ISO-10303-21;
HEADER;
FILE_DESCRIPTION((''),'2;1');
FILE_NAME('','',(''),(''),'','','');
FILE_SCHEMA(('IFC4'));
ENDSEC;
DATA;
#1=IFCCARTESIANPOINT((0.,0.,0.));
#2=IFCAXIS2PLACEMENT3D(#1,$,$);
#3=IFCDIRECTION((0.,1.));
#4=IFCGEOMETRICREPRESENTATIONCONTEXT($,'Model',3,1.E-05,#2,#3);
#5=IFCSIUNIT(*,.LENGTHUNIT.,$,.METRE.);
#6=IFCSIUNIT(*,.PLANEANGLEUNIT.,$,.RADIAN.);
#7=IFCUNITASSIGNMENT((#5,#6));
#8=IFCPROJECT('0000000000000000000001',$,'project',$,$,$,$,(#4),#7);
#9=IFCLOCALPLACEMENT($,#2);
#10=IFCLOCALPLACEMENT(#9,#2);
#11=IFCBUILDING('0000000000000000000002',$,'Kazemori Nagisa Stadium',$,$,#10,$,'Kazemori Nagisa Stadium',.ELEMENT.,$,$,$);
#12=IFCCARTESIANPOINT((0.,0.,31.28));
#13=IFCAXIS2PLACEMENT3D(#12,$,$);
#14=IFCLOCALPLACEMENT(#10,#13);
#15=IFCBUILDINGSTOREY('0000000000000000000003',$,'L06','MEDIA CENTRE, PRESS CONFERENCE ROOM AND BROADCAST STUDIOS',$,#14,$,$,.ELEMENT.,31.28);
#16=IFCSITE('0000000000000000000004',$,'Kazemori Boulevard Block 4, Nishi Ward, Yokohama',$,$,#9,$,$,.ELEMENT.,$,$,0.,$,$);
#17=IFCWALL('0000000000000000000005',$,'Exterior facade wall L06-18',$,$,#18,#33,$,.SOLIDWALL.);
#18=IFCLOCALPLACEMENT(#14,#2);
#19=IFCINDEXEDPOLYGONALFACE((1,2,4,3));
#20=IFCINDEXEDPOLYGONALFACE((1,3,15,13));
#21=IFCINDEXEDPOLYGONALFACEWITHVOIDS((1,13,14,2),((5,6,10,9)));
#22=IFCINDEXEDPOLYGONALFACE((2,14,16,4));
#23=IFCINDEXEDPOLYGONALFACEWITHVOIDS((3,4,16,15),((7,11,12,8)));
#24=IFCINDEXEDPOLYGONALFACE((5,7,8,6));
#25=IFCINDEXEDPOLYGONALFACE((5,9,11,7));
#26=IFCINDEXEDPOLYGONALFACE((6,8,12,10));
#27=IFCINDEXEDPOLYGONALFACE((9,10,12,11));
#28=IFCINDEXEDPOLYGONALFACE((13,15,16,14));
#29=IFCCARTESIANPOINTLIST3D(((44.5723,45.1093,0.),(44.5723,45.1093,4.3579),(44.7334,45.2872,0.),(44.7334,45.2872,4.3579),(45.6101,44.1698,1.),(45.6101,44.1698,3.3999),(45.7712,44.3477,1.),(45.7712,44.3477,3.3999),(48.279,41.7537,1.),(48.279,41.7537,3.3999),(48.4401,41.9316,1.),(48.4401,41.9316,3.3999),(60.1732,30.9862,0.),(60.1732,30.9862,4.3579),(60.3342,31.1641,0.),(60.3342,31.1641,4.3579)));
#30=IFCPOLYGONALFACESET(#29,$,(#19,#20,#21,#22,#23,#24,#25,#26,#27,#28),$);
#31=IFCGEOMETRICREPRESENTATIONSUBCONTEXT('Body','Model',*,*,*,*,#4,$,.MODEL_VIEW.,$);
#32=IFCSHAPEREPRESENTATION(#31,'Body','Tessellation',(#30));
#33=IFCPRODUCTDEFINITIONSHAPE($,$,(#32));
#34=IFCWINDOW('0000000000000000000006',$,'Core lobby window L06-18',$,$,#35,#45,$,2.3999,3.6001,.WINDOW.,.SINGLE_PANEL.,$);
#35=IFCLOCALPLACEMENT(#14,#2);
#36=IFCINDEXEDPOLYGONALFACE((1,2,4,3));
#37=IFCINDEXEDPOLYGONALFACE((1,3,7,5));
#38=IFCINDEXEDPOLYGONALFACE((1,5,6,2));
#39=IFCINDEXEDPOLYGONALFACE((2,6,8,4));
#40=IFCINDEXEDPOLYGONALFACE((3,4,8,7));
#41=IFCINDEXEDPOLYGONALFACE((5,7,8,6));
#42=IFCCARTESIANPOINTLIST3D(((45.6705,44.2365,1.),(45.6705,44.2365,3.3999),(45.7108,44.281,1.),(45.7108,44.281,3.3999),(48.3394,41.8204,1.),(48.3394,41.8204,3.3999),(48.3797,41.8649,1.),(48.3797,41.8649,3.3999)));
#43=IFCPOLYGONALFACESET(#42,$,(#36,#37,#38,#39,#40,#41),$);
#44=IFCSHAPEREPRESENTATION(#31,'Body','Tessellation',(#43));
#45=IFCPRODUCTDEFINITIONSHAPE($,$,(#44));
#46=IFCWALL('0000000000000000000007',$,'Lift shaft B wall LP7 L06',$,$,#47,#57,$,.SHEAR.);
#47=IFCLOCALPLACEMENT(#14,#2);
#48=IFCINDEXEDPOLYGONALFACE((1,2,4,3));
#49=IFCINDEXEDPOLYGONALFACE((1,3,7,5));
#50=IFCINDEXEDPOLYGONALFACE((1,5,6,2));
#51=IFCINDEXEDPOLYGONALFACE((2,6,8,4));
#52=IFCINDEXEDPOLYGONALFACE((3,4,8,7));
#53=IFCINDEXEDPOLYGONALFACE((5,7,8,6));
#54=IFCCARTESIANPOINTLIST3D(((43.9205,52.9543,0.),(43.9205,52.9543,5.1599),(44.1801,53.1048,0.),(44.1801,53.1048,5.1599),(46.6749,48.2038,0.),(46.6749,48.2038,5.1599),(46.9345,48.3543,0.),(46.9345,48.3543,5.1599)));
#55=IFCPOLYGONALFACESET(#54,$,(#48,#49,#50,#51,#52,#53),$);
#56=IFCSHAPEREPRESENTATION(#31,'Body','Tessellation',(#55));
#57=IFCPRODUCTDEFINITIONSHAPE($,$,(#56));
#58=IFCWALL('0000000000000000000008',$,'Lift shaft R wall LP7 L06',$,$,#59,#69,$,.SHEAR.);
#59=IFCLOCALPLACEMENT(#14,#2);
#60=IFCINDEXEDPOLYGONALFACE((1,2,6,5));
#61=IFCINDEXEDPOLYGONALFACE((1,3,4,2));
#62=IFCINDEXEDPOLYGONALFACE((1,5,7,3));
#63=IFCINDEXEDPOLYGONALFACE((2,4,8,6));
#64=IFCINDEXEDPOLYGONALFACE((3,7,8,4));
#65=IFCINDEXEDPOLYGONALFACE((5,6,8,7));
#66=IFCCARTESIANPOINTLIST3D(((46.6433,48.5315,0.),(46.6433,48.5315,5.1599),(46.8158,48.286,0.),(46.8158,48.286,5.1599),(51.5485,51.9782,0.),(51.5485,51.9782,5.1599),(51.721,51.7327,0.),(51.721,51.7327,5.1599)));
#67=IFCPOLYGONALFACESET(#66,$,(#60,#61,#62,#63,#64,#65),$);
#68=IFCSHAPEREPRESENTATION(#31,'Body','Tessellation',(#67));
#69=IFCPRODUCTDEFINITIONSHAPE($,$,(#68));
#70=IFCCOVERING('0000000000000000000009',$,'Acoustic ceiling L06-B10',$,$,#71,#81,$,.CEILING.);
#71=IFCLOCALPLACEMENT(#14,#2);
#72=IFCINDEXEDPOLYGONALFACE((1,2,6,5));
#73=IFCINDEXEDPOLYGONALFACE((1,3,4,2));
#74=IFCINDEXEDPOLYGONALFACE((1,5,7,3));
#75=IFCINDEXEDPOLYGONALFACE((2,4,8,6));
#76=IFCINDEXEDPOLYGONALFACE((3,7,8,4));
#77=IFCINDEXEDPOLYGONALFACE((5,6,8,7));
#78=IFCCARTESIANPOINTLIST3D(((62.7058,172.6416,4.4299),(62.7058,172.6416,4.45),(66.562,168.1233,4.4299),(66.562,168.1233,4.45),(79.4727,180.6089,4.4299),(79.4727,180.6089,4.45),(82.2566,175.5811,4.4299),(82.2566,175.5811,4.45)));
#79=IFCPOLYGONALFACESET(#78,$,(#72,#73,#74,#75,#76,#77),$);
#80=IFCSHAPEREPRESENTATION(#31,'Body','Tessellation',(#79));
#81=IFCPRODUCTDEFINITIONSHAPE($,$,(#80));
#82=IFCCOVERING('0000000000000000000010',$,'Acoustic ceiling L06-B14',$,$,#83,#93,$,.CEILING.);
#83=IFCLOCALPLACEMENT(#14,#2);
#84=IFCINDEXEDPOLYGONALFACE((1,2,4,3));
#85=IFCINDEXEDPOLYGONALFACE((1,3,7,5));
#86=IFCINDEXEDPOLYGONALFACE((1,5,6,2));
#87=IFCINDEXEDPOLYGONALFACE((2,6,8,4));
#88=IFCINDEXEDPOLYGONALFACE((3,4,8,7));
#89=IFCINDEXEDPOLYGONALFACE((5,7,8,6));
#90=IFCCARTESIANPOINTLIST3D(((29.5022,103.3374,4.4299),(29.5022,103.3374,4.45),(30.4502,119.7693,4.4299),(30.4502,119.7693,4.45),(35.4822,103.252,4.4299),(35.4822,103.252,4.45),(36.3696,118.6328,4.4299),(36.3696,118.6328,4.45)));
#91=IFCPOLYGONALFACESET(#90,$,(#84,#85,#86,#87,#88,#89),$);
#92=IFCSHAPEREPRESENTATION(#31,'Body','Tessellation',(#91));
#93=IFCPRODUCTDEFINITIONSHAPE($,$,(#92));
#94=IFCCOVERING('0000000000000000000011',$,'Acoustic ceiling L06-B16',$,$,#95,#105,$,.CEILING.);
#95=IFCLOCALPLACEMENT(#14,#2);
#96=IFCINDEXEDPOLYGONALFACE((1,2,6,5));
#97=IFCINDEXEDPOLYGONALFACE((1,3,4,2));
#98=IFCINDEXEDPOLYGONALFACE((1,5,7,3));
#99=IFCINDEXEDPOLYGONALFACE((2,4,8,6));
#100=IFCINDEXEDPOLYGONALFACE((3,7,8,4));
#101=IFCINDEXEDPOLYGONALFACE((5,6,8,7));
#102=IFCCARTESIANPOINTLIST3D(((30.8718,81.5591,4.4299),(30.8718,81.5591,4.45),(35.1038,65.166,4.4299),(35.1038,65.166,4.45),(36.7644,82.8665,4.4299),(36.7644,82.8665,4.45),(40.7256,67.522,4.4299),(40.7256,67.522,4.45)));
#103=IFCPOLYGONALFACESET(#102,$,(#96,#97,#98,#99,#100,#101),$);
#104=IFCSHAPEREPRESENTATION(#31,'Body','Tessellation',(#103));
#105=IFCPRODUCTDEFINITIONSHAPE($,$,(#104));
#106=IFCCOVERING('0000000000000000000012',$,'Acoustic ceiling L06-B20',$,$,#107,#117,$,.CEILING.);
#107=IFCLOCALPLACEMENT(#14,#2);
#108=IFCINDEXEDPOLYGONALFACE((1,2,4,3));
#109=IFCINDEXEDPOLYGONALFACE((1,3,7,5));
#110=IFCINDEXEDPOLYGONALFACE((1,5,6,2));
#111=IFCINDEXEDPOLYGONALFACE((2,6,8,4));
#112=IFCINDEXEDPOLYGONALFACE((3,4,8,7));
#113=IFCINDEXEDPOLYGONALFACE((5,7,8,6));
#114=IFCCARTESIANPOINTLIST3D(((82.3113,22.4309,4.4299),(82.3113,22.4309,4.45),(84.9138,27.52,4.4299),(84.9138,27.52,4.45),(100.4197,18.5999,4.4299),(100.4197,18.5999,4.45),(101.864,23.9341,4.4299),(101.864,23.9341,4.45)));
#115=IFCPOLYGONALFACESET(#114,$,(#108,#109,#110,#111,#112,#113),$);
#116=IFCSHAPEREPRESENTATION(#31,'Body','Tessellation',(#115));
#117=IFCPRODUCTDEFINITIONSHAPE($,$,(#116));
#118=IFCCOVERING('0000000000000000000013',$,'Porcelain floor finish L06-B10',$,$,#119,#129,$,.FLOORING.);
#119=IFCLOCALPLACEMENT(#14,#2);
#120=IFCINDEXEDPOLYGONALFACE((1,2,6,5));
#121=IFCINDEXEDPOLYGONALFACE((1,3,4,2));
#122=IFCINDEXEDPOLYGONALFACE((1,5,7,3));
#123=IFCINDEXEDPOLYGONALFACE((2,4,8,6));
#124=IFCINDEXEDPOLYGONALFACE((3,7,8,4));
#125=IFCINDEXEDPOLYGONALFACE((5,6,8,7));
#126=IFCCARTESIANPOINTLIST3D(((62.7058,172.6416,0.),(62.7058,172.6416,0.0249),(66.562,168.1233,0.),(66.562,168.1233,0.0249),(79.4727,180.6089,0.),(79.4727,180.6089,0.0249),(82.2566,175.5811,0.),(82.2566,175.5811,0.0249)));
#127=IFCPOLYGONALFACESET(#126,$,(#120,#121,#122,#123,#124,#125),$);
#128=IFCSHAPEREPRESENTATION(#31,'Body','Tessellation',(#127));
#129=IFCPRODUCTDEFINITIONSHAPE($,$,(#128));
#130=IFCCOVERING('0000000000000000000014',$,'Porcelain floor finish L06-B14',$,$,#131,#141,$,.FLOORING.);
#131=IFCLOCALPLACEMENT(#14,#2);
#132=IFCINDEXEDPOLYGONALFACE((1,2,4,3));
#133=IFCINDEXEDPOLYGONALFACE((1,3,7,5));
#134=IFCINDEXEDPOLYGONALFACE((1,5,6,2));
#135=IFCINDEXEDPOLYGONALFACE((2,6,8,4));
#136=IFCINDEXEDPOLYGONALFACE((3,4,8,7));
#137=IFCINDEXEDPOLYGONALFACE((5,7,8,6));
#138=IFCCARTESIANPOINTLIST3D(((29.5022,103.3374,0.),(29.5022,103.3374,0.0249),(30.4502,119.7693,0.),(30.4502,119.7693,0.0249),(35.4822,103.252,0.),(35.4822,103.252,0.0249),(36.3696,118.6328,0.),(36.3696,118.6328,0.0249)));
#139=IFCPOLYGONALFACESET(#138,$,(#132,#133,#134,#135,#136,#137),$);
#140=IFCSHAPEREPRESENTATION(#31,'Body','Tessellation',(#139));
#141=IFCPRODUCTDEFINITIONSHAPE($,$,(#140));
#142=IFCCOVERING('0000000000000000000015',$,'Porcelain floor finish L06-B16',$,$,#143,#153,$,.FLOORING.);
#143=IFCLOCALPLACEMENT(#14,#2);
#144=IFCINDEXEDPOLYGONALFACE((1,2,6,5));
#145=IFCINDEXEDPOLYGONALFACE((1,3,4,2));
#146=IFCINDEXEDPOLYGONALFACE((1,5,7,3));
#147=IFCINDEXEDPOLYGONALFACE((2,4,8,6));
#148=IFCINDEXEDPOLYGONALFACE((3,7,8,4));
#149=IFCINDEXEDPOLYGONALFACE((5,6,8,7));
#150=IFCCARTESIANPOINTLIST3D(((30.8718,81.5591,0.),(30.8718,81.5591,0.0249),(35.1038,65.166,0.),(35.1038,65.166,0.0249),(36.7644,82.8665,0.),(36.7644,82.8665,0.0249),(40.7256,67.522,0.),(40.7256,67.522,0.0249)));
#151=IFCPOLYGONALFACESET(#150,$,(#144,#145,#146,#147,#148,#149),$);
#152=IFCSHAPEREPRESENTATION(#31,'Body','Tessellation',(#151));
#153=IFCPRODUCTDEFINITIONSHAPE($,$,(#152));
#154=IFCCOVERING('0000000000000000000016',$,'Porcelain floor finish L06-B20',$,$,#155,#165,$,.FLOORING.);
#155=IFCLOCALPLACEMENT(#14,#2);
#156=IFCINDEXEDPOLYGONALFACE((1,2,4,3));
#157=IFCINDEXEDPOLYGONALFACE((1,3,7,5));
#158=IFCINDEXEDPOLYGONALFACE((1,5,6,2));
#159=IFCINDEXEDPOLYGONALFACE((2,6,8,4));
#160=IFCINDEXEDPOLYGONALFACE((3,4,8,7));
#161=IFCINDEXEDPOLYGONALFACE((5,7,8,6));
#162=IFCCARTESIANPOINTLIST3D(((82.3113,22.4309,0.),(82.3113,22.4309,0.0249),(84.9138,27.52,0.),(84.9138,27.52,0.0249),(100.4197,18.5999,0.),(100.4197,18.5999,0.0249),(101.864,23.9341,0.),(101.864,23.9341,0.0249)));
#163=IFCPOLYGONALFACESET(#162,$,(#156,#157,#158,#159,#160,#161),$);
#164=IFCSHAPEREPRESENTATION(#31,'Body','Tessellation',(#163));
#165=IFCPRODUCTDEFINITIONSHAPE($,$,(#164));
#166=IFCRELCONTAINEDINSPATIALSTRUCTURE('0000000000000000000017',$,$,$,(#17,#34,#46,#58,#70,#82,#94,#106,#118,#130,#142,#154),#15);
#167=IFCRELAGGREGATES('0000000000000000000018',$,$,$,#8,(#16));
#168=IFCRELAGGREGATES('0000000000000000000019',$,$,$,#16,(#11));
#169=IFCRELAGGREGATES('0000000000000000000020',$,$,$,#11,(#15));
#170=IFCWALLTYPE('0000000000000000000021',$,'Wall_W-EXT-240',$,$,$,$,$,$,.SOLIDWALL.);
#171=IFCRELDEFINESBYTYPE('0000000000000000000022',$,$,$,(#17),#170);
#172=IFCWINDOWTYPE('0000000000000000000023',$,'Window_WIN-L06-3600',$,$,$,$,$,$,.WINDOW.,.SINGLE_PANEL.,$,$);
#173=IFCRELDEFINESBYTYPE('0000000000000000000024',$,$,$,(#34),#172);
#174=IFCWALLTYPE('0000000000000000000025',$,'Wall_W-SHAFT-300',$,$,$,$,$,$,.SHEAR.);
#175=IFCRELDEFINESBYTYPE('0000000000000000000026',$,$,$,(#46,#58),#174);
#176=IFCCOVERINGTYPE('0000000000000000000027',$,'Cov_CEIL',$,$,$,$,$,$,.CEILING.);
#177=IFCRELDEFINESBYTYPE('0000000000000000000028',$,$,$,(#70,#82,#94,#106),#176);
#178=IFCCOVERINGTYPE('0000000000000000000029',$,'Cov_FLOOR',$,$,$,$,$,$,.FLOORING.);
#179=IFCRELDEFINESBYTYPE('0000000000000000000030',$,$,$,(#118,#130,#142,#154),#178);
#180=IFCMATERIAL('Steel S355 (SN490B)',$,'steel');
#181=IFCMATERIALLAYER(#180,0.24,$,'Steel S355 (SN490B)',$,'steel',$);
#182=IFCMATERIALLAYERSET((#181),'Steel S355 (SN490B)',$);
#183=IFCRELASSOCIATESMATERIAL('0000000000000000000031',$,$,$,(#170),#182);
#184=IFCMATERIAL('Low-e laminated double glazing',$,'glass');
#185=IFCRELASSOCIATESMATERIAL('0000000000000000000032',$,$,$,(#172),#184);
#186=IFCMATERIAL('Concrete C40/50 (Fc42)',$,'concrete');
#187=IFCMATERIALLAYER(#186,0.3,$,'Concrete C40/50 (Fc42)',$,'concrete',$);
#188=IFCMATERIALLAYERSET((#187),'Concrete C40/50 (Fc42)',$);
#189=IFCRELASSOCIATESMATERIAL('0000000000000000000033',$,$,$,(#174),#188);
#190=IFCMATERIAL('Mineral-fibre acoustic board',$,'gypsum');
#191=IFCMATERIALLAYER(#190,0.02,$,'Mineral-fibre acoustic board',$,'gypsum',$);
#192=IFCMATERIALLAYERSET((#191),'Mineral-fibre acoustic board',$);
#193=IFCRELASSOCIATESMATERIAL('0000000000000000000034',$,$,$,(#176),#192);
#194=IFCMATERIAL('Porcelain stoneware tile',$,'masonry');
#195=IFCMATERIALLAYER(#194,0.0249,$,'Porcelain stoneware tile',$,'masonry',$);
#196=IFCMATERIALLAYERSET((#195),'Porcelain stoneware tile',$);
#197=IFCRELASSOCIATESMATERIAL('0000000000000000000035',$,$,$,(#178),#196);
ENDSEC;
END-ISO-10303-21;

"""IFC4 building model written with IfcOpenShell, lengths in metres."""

from ifc_helpers import new_model, si_unit, direction, frame, frame_2d, origin, place, context, subcontext, project, spatial, polyline, rectangle, outline, extrude, material, layer, layer_set, type_object, element, fill, save


model = new_model("IFC4")

# Units and contexts
model_context = context("Model", 3, precision=1e-05, world=origin(), true_north=direction((0.0, 1.0)))
body_context = subcontext(model_context, "Body", "Model", "MODEL_VIEW")
ifc_project = project(units=[si_unit("LENGTHUNIT", "METRE"), si_unit("PLANEANGLEUNIT", "RADIAN")], contexts=[model_context])

# Site, building, storey
site_placement = place(None, origin())
site = spatial("IfcSite", under=ifc_project, at=site_placement, Name="Kazemori Boulevard Block 4, Nishi Ward, Yokohama", CompositionType="ELEMENT", RefElevation=0.0)
building_placement = place(site_placement, origin())
building = spatial("IfcBuilding", under=site, at=building_placement, Name="Kazemori Nagisa Stadium", LongName="Kazemori Nagisa Stadium", CompositionType="ELEMENT")
storey_placement = place(building_placement, frame((0.0, 0.0, 31.28)))
storey = spatial("IfcBuildingStorey", under=building, at=storey_placement, Name="L06", Description="MEDIA CENTRE, PRESS CONFERENCE ROOM AND BROADCAST STUDIOS", CompositionType="ELEMENT", Elevation=31.28)

# Shared definitions
ifc_material_1 = material(Name="Low-e laminated double glazing", Category="glass")

# Shared definitions
ifc_material_2 = material(Name="Concrete C40/50 (Fc42)", Category="concrete")

# Wall, opening, window
ifc_material_3 = material(Name="Steel S355 (SN490B)", Category="steel")
ifc_layer_1 = layer(ifc_material_3, 0.24, Name="Steel S355 (SN490B)", Category="steel")
ifc_layer_set_1 = layer_set([ifc_layer_1], Name="Steel S355 (SN490B)")
wall_type_1 = type_object("IfcWallType", Name="Wall_W-EXT-240", PredefinedType="SOLIDWALL", material=ifc_layer_set_1)
wall_1_placement = place(storey_placement, frame((44.6528, 45.1982, 0.0), z_axis=(0.0, 0.0, 1.0), x_axis=(0.741346, -0.671123, 0.0)))
wall_1 = element("IfcWall", 1, at=wall_1_placement, inside=storey, type_object=wall_type_1, Name="Exterior facade wall L06-18", PredefinedType="SOLIDWALL", context=body_context, shape_type="SweptSolid", body=[
    extrude(rectangle(XDim=21.0439, YDim=0.24, at=frame_2d((10.522, 0.0))), origin(), (0.0, 0.0, 1.0), 4.3579),
])
opening_placement = place(wall_1_placement, frame((1.3999, 0.0, 1.0)))
opening = element("IfcOpeningElement", 2, at=opening_placement, cuts=wall_1, PredefinedType="OPENING", context=body_context, shape_type="SweptSolid", body=[
    extrude(rectangle(XDim=3.6001, YDim=2.3999, at=frame_2d((1.8, 1.2))), frame((0.0, 0.1299, 0.0), z_axis=(0.0, -1.0, 0.0), x_axis=(1.0, 0.0, 0.0)), (0.0, 0.0, 1.0), 0.26),
])
window_type = type_object("IfcWindowType", Name="Window_WIN-L06-3600", PartitioningType="SINGLE_PANEL", PredefinedType="WINDOW", material=ifc_material_1)
window_placement = place(opening_placement, origin())
window = element("IfcWindow", 3, at=window_placement, inside=storey, type_object=window_type, Name="Core lobby window L06-18", OverallHeight=2.3999, OverallWidth=3.6001, PartitioningType="SINGLE_PANEL", PredefinedType="WINDOW", context=body_context, shape_type="SweptSolid", body=[
    extrude(rectangle(XDim=3.6001, YDim=2.3999, at=frame_2d((1.8, 1.2))), frame((0.0, 0.03, 0.0), z_axis=(0.0, -1.0, 0.0), x_axis=(1.0, 0.0, 0.0)), (0.0, 0.0, 1.0), 0.0601),
])
fill(opening, window)

# Walls
ifc_layer_2 = layer(ifc_material_2, 0.3, Name="Concrete C40/50 (Fc42)", Category="concrete")
ifc_layer_set_2 = layer_set([ifc_layer_2], Name="Concrete C40/50 (Fc42)")
wall_type_2 = type_object("IfcWallType", Name="Wall_W-SHAFT-300", PredefinedType="SHEAR", material=ifc_layer_set_2)
wall_2_placement = place(storey_placement, frame((44.0503, 53.0295, 0.0), z_axis=(0.0, 0.0, 1.0), x_axis=(0.501597, -0.865101, 0.0)))
element("IfcWall", 4, at=wall_2_placement, inside=storey, type_object=wall_type_2, Name="Lift shaft B wall LP7 L06", PredefinedType="SHEAR", context=body_context, shape_type="SweptSolid", body=[
    extrude(rectangle(XDim=5.4912, YDim=0.3, at=frame_2d((2.7456, 0.0))), origin(), (0.0, 0.0, 1.0), 5.1599),
])
wall_3_placement = place(storey_placement, frame((51.6348, 51.8555, 0.0), z_axis=(0.0, 0.0, 1.0), x_axis=(-0.818205, -0.574926, 0.0)))
element("IfcWall", 5, at=wall_3_placement, inside=storey, type_object=wall_type_2, Name="Lift shaft R wall LP7 L06", PredefinedType="SHEAR", context=body_context, shape_type="SweptSolid", body=[
    extrude(rectangle(XDim=5.9951, YDim=0.3, at=frame_2d((2.9976, 0.0))), origin(), (0.0, 0.0, 1.0), 5.1599),
])

# Coverings
ifc_material_4 = material(Name="Mineral-fibre acoustic board", Category="gypsum")
ifc_layer_3 = layer(ifc_material_4, 0.02, Name="Mineral-fibre acoustic board", Category="gypsum")
ifc_layer_set_3 = layer_set([ifc_layer_3], Name="Mineral-fibre acoustic board")
covering_type_1 = type_object("IfcCoveringType", Name="Cov_CEIL", PredefinedType="CEILING", material=ifc_layer_set_3)
covering_1_placement = place(storey_placement, frame((0.0, 0.0, 4.4299)))
element("IfcCovering", 6, at=covering_1_placement, inside=storey, type_object=covering_type_1, Name="Acoustic ceiling L06-B10", PredefinedType="CEILING", context=body_context, shape_type="SweptSolid", body=[
    extrude(outline(polyline([(82.2566, 175.5811), (66.562, 168.1233), (62.7058, 172.6416), (79.4727, 180.6089), (82.2566, 175.5811)])), origin(), (0.0, 0.0, 1.0), 0.02),
])
covering_2_placement = place(storey_placement, frame((0.0, 0.0, 4.4299)))
element("IfcCovering", 7, at=covering_2_placement, inside=storey, type_object=covering_type_1, Name="Acoustic ceiling L06-B14", PredefinedType="CEILING", context=body_context, shape_type="SweptSolid", body=[
    extrude(outline(polyline([(36.3696, 118.6328), (35.4822, 103.252), (29.5022, 103.3374), (30.4502, 119.7693), (36.3696, 118.6328)])), origin(), (0.0, 0.0, 1.0), 0.02),
])
covering_3_placement = place(storey_placement, frame((0.0, 0.0, 4.4299)))
element("IfcCovering", 8, at=covering_3_placement, inside=storey, type_object=covering_type_1, Name="Acoustic ceiling L06-B16", PredefinedType="CEILING", context=body_context, shape_type="SweptSolid", body=[
    extrude(outline(polyline([(36.7644, 82.8665), (40.7256, 67.522), (35.1038, 65.166), (30.8718, 81.5591), (36.7644, 82.8665)])), origin(), (0.0, 0.0, 1.0), 0.02),
])
covering_4_placement = place(storey_placement, frame((0.0, 0.0, 4.4299)))
element("IfcCovering", 9, at=covering_4_placement, inside=storey, type_object=covering_type_1, Name="Acoustic ceiling L06-B20", PredefinedType="CEILING", context=body_context, shape_type="SweptSolid", body=[
    extrude(outline(polyline([(84.9138, 27.52), (101.864, 23.9341), (100.4197, 18.5999), (82.3113, 22.4309), (84.9138, 27.52)])), origin(), (0.0, 0.0, 1.0), 0.02),
])
ifc_material_5 = material(Name="Porcelain stoneware tile", Category="masonry")
ifc_layer_4 = layer(ifc_material_5, 0.0249, Name="Porcelain stoneware tile", Category="masonry")
ifc_layer_set_4 = layer_set([ifc_layer_4], Name="Porcelain stoneware tile")
covering_type_2 = type_object("IfcCoveringType", Name="Cov_FLOOR", PredefinedType="FLOORING", material=ifc_layer_set_4)
covering_5_placement = place(storey_placement, origin())
element("IfcCovering", 10, at=covering_5_placement, inside=storey, type_object=covering_type_2, Name="Porcelain floor finish L06-B10", PredefinedType="FLOORING", context=body_context, shape_type="SweptSolid", body=[
    extrude(outline(polyline([(82.2566, 175.5811), (66.562, 168.1233), (62.7058, 172.6416), (79.4727, 180.6089), (82.2566, 175.5811)])), origin(), (0.0, 0.0, 1.0), 0.0249),
])
covering_6_placement = place(storey_placement, origin())
element("IfcCovering", 11, at=covering_6_placement, inside=storey, type_object=covering_type_2, Name="Porcelain floor finish L06-B14", PredefinedType="FLOORING", context=body_context, shape_type="SweptSolid", body=[
    extrude(outline(polyline([(36.3696, 118.6328), (35.4822, 103.252), (29.5022, 103.3374), (30.4502, 119.7693), (36.3696, 118.6328)])), origin(), (0.0, 0.0, 1.0), 0.0249),
])
covering_7_placement = place(storey_placement, origin())
element("IfcCovering", 12, at=covering_7_placement, inside=storey, type_object=covering_type_2, Name="Porcelain floor finish L06-B16", PredefinedType="FLOORING", context=body_context, shape_type="SweptSolid", body=[
    extrude(outline(polyline([(36.7644, 82.8665), (40.7256, 67.522), (35.1038, 65.166), (30.8718, 81.5591), (36.7644, 82.8665)])), origin(), (0.0, 0.0, 1.0), 0.0249),
])
covering_8_placement = place(storey_placement, origin())
element("IfcCovering", 13, at=covering_8_placement, inside=storey, type_object=covering_type_2, Name="Porcelain floor finish L06-B20", PredefinedType="FLOORING", context=body_context, shape_type="SweptSolid", body=[
    extrude(outline(polyline([(84.9138, 27.52), (101.864, 23.9341), (100.4197, 18.5999), (82.3113, 22.4309), (84.9138, 27.52)])), origin(), (0.0, 0.0, 1.0), 0.0249),
])

save(model, "model.ifc")
